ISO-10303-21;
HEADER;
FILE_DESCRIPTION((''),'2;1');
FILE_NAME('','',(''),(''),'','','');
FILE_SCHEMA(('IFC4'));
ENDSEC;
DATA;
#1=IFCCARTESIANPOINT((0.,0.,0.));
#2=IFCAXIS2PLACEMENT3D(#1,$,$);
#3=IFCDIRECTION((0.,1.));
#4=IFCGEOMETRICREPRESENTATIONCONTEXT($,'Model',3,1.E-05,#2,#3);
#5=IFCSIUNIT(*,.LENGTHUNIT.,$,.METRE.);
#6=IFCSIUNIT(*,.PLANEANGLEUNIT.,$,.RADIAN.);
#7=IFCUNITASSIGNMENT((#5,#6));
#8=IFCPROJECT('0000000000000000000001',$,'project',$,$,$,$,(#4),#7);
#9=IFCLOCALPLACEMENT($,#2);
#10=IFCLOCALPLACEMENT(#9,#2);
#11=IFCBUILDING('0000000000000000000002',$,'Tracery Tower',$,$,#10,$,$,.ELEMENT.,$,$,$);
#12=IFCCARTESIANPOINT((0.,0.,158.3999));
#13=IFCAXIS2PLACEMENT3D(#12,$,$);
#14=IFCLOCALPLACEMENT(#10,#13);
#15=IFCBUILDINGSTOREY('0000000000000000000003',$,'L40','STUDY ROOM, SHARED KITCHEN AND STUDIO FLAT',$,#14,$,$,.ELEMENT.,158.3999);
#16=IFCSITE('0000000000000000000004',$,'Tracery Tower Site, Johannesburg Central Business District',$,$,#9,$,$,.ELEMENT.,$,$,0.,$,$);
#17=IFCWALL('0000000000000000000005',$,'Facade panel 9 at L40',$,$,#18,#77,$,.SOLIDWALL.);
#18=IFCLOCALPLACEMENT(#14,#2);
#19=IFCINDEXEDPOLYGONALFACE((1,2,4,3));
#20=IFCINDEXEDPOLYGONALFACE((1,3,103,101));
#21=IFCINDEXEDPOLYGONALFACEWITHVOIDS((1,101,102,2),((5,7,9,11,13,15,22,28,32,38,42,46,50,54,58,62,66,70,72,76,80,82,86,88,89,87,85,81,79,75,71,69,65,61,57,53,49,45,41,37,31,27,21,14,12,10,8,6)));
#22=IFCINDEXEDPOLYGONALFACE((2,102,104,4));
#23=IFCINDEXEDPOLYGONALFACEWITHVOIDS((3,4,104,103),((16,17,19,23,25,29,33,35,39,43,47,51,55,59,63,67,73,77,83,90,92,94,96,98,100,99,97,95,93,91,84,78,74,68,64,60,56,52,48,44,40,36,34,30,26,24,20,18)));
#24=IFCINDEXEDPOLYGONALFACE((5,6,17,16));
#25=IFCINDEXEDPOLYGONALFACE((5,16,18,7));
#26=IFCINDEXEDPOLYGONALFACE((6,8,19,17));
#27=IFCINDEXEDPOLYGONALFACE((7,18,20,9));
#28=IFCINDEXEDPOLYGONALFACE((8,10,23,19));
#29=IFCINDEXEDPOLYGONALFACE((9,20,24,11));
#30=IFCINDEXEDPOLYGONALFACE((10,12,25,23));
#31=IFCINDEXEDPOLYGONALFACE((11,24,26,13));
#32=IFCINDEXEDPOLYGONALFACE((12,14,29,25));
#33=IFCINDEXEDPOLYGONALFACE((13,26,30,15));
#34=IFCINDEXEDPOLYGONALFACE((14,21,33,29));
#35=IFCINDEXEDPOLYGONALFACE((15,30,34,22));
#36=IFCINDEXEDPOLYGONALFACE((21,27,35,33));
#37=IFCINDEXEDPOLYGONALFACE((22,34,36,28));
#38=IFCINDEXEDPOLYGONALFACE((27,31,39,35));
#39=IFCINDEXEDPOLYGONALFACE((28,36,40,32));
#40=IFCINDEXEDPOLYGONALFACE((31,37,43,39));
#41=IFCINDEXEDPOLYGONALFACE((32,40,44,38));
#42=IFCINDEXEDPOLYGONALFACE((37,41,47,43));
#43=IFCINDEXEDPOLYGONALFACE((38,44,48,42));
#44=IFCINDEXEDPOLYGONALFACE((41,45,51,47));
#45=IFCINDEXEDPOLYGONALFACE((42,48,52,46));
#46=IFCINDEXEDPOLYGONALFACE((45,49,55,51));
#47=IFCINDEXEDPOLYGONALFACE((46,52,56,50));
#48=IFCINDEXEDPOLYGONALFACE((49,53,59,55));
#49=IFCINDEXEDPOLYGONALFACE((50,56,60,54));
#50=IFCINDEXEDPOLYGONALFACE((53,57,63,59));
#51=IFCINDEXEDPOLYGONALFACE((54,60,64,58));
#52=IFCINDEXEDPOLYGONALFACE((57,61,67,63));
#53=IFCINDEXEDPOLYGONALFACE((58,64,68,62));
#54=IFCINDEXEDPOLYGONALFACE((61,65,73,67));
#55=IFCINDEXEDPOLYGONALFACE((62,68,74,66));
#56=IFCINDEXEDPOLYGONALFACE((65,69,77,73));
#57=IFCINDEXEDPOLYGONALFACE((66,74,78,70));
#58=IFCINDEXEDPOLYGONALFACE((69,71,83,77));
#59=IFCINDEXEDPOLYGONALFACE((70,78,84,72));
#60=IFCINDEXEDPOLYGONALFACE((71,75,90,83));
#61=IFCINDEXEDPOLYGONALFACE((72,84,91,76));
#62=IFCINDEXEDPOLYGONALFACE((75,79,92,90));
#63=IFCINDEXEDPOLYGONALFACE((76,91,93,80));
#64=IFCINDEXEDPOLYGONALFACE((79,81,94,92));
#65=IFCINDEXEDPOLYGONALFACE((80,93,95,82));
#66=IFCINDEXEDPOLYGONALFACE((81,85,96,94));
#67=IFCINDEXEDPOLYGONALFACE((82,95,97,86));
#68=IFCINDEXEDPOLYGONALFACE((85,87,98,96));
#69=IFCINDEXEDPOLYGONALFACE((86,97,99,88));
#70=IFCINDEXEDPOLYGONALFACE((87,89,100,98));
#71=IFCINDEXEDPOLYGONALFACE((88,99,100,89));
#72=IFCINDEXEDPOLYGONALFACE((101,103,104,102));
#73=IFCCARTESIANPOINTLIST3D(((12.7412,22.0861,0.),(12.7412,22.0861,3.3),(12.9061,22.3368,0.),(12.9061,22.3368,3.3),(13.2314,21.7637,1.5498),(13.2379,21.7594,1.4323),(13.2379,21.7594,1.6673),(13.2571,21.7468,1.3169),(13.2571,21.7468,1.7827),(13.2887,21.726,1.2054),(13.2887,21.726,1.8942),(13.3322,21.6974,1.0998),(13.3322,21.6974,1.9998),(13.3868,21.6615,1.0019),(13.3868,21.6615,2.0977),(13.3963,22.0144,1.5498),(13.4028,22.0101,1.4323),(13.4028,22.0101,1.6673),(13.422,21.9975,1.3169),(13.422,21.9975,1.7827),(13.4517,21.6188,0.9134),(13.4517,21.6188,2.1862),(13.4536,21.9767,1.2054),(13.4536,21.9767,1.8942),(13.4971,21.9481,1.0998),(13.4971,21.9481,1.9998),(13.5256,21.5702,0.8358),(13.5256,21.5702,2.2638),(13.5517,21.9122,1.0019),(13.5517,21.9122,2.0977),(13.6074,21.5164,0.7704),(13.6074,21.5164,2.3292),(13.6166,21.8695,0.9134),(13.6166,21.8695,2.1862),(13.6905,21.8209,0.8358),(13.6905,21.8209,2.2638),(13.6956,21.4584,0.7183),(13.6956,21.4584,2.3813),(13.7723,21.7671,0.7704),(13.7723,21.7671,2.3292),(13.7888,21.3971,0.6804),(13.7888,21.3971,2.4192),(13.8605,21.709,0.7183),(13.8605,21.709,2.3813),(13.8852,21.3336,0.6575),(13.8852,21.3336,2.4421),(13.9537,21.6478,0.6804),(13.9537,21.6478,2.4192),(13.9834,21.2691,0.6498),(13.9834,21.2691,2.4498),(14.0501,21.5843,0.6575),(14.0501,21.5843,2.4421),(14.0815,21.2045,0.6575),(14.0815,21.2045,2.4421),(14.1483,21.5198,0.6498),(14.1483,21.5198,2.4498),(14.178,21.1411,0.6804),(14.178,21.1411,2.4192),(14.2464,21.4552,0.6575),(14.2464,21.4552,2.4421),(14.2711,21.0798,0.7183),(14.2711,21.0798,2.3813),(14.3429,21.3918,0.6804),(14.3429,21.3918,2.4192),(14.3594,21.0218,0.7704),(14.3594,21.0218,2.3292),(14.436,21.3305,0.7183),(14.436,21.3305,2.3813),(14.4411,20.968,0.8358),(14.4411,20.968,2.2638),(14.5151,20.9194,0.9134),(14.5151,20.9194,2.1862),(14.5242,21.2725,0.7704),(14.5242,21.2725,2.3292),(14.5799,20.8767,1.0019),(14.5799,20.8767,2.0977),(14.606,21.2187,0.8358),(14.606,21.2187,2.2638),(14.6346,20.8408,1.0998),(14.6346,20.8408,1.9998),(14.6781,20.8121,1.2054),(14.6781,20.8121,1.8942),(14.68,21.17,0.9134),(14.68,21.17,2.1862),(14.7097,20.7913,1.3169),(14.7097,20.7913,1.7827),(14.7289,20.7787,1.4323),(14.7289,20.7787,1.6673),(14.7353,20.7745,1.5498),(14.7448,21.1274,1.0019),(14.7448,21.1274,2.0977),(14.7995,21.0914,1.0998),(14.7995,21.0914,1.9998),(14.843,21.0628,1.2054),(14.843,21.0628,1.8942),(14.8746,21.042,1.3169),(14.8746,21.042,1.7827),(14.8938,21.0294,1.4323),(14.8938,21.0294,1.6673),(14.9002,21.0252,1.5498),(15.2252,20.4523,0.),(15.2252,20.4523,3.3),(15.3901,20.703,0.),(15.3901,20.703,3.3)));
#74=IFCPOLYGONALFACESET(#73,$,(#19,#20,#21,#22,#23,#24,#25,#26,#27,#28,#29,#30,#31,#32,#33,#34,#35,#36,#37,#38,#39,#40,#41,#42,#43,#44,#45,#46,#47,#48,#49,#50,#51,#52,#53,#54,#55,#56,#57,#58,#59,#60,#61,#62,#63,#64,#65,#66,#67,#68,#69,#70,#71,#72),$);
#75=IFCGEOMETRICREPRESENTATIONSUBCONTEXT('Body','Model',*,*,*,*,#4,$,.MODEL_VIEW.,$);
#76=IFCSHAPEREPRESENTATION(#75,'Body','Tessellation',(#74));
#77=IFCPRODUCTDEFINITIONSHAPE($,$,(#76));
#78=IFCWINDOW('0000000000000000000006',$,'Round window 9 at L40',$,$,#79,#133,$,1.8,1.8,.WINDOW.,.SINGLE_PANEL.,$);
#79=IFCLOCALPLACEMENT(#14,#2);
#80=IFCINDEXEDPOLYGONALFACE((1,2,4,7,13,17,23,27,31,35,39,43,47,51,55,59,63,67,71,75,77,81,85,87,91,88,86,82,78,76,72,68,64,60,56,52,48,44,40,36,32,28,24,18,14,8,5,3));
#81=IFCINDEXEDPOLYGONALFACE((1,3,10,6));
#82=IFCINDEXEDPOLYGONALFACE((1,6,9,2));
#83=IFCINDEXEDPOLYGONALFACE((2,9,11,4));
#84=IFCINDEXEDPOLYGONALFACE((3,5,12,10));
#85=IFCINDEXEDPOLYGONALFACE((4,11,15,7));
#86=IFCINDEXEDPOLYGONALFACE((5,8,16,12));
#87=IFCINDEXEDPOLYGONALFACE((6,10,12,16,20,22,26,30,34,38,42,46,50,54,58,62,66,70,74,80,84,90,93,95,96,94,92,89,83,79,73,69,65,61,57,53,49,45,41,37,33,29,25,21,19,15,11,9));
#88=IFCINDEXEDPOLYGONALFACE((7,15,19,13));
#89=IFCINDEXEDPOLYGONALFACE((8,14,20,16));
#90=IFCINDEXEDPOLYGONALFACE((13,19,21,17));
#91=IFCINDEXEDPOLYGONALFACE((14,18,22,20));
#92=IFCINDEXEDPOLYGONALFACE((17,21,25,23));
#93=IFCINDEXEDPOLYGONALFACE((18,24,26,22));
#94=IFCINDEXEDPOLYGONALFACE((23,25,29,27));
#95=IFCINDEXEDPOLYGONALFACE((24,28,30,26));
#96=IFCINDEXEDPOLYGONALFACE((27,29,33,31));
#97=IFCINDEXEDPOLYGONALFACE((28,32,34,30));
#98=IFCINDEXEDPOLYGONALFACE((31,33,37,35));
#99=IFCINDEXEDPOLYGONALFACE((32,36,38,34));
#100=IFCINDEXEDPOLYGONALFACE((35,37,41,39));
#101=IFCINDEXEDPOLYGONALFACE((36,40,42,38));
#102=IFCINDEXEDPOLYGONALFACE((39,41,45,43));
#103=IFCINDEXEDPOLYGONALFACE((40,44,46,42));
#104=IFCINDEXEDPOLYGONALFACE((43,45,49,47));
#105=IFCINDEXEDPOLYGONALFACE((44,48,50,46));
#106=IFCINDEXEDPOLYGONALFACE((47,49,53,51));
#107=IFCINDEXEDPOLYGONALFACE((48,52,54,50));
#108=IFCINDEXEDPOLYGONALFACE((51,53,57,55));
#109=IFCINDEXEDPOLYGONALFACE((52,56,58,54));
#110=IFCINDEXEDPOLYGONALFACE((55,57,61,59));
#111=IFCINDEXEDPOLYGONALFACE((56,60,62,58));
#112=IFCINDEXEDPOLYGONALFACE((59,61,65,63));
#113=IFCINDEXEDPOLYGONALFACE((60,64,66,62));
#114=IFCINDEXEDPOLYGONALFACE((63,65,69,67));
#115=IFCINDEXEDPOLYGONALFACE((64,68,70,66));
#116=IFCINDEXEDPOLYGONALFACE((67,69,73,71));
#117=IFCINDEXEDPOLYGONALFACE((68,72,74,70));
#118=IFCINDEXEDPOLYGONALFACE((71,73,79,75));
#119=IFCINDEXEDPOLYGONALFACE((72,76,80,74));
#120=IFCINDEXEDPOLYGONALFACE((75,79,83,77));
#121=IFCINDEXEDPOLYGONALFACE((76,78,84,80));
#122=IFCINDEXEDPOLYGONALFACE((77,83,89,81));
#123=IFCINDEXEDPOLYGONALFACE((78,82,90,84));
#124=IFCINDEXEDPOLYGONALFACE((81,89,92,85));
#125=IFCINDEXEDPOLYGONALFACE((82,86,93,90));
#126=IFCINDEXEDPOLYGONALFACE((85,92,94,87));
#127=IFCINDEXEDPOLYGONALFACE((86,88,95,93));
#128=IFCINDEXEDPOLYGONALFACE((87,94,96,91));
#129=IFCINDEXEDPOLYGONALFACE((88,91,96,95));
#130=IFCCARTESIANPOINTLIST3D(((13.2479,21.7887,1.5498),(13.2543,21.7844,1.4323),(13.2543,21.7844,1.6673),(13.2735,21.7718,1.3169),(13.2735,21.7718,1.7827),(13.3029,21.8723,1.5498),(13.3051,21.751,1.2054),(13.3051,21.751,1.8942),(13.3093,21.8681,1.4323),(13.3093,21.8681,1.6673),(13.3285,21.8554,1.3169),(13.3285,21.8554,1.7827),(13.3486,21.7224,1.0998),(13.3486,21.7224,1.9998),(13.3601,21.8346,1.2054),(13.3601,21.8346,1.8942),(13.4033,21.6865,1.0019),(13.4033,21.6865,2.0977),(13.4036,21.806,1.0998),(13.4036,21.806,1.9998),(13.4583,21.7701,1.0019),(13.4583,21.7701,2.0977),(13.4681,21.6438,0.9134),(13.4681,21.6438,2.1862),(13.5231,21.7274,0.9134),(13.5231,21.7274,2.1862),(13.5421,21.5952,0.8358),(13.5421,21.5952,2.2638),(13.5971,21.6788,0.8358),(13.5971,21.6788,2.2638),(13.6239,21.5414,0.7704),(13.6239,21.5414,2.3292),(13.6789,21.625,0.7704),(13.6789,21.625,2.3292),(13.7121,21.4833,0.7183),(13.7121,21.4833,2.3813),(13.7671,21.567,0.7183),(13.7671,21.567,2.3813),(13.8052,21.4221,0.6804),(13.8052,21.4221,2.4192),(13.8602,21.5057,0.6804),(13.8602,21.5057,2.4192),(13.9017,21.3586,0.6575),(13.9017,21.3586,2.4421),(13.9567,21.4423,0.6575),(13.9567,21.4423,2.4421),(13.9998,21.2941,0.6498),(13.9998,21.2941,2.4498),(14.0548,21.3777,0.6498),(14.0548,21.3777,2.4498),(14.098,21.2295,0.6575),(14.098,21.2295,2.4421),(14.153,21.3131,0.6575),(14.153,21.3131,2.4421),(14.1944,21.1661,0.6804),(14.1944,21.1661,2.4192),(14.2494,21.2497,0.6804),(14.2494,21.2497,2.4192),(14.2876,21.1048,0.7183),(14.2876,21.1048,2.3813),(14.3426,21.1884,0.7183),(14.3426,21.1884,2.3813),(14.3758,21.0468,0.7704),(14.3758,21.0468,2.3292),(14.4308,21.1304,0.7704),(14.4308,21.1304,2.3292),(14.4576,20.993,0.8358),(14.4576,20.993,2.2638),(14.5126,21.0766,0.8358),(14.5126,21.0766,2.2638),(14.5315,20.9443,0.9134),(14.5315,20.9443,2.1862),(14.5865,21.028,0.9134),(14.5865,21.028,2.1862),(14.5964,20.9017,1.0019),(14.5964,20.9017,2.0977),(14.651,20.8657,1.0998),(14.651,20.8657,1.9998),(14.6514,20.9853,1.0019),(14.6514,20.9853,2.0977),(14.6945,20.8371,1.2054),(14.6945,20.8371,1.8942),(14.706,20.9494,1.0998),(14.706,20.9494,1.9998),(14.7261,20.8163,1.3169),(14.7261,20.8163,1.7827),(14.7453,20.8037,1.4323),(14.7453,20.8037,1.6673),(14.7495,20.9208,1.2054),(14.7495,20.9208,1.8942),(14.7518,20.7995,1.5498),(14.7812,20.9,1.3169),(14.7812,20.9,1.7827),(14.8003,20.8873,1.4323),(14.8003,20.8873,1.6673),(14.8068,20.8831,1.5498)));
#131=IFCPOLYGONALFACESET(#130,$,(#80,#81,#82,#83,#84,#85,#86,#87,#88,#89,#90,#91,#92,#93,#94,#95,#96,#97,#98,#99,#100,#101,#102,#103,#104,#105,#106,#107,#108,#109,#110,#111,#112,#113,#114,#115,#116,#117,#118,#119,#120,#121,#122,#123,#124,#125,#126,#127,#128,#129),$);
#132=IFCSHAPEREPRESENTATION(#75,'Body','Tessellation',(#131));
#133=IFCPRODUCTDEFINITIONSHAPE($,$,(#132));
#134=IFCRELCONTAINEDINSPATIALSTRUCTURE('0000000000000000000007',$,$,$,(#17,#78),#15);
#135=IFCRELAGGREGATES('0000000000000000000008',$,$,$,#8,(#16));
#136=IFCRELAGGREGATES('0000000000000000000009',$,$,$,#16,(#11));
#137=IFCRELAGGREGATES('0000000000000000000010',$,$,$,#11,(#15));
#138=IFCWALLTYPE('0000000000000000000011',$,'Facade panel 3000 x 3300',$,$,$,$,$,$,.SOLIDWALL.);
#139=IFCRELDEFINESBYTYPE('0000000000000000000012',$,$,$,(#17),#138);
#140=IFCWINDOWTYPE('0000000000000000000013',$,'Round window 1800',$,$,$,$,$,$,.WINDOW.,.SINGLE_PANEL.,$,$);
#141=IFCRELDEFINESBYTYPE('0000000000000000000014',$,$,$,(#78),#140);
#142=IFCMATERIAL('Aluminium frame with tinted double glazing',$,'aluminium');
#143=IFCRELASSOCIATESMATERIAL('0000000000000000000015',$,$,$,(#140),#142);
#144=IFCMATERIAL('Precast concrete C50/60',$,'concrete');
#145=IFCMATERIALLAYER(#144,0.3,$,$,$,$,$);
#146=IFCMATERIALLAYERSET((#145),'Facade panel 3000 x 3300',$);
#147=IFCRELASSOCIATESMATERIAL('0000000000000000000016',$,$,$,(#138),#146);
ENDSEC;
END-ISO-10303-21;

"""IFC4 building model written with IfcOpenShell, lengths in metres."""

from ifc_helpers import new_model, si_unit, direction, frame, frame_2d, origin, origin_2d, place, context, subcontext, project, spatial, rectangle, circle, extrude, material, layer, layer_set, type_object, element, fill, save


model = new_model("IFC4")

# Units and contexts
model_context = context("Model", 3, precision=1e-05, world=origin(), true_north=direction((0.0, 1.0)))
body_context = subcontext(model_context, "Body", "Model", "MODEL_VIEW")
ifc_project = project(units=[si_unit("LENGTHUNIT", "METRE"), si_unit("PLANEANGLEUNIT", "RADIAN")], contexts=[model_context])

# Site, building, storey
site_placement = place(None, origin())
site = spatial("IfcSite", under=ifc_project, at=site_placement, Name="Tracery Tower Site, Johannesburg Central Business District", CompositionType="ELEMENT", RefElevation=0.0)
building_placement = place(site_placement, origin())
building = spatial("IfcBuilding", under=site, at=building_placement, Name="Tracery Tower", CompositionType="ELEMENT")
storey_placement = place(building_placement, frame((0.0, 0.0, 158.3999)))
storey = spatial("IfcBuildingStorey", under=building, at=storey_placement, Name="L40", Description="STUDY ROOM, SHARED KITCHEN AND STUDIO FLAT", CompositionType="ELEMENT", Elevation=158.3999)

# Wall, opening, window
ifc_material_1 = material(Name="Aluminium frame with tinted double glazing", Category="aluminium")
window_type = type_object("IfcWindowType", Name="Round window 1800", PartitioningType="SINGLE_PANEL", PredefinedType="WINDOW", material=ifc_material_1)
ifc_material_2 = material(Name="Precast concrete C50/60", Category="concrete")
ifc_layer_1 = layer(ifc_material_2, 0.3)
ifc_layer_set_1 = layer_set([ifc_layer_1], Name="Facade panel 3000 x 3300")
wall_type_1 = type_object("IfcWallType", Name="Facade panel 3000 x 3300", PredefinedType="SOLIDWALL", material=ifc_layer_set_1)
wall_1_placement = place(storey_placement, frame((15.3076, 20.5776, 0.0), z_axis=(0.0, 0.0, 1.0), x_axis=(-0.835471, 0.549535, 0.0)))
wall_1 = element("IfcWall", 1, at=wall_1_placement, inside=storey, type_object=wall_type_1, Name="Facade panel 9 at L40", PredefinedType="SOLIDWALL", context=body_context, shape_type="SweptSolid", body=[
    extrude(rectangle(XDim=2.9731, YDim=0.3, at=frame_2d((1.4866, 0.0))), origin(), (0.0, 0.0, 1.0), 3.3),
])
opening_1_placement = place(wall_1_placement, frame((1.4863, 0.0, 1.5498)))
opening_1 = element("IfcOpeningElement", 2, at=opening_1_placement, cuts=wall_1, PredefinedType="OPENING", context=body_context, shape_type="SweptSolid", body=[
    extrude(circle(Radius=0.9, at=origin_2d()), frame((0.0, 0.1599, 0.0), z_axis=(0.0, -1.0, 0.0), x_axis=(1.0, 0.0, 0.0)), (0.0, 0.0, 1.0), 0.3201),
])
window_1_placement = place(opening_1_placement, origin())
window_1 = element("IfcWindow", 3, at=window_1_placement, inside=storey, type_object=window_type, Name="Round window 9 at L40", OverallHeight=1.8, OverallWidth=1.8, PartitioningType="SINGLE_PANEL", PredefinedType="WINDOW", context=body_context, shape_type="SweptSolid", body=[
    extrude(circle(Radius=0.9, at=origin_2d()), frame((0.0, 0.1201, 0.0), z_axis=(0.0, -1.0, 0.0), x_axis=(1.0, 0.0, 0.0)), (0.0, 0.0, 1.0), 0.1001),
])
fill(opening_1, window_1)

save(model, "model.ifc")
